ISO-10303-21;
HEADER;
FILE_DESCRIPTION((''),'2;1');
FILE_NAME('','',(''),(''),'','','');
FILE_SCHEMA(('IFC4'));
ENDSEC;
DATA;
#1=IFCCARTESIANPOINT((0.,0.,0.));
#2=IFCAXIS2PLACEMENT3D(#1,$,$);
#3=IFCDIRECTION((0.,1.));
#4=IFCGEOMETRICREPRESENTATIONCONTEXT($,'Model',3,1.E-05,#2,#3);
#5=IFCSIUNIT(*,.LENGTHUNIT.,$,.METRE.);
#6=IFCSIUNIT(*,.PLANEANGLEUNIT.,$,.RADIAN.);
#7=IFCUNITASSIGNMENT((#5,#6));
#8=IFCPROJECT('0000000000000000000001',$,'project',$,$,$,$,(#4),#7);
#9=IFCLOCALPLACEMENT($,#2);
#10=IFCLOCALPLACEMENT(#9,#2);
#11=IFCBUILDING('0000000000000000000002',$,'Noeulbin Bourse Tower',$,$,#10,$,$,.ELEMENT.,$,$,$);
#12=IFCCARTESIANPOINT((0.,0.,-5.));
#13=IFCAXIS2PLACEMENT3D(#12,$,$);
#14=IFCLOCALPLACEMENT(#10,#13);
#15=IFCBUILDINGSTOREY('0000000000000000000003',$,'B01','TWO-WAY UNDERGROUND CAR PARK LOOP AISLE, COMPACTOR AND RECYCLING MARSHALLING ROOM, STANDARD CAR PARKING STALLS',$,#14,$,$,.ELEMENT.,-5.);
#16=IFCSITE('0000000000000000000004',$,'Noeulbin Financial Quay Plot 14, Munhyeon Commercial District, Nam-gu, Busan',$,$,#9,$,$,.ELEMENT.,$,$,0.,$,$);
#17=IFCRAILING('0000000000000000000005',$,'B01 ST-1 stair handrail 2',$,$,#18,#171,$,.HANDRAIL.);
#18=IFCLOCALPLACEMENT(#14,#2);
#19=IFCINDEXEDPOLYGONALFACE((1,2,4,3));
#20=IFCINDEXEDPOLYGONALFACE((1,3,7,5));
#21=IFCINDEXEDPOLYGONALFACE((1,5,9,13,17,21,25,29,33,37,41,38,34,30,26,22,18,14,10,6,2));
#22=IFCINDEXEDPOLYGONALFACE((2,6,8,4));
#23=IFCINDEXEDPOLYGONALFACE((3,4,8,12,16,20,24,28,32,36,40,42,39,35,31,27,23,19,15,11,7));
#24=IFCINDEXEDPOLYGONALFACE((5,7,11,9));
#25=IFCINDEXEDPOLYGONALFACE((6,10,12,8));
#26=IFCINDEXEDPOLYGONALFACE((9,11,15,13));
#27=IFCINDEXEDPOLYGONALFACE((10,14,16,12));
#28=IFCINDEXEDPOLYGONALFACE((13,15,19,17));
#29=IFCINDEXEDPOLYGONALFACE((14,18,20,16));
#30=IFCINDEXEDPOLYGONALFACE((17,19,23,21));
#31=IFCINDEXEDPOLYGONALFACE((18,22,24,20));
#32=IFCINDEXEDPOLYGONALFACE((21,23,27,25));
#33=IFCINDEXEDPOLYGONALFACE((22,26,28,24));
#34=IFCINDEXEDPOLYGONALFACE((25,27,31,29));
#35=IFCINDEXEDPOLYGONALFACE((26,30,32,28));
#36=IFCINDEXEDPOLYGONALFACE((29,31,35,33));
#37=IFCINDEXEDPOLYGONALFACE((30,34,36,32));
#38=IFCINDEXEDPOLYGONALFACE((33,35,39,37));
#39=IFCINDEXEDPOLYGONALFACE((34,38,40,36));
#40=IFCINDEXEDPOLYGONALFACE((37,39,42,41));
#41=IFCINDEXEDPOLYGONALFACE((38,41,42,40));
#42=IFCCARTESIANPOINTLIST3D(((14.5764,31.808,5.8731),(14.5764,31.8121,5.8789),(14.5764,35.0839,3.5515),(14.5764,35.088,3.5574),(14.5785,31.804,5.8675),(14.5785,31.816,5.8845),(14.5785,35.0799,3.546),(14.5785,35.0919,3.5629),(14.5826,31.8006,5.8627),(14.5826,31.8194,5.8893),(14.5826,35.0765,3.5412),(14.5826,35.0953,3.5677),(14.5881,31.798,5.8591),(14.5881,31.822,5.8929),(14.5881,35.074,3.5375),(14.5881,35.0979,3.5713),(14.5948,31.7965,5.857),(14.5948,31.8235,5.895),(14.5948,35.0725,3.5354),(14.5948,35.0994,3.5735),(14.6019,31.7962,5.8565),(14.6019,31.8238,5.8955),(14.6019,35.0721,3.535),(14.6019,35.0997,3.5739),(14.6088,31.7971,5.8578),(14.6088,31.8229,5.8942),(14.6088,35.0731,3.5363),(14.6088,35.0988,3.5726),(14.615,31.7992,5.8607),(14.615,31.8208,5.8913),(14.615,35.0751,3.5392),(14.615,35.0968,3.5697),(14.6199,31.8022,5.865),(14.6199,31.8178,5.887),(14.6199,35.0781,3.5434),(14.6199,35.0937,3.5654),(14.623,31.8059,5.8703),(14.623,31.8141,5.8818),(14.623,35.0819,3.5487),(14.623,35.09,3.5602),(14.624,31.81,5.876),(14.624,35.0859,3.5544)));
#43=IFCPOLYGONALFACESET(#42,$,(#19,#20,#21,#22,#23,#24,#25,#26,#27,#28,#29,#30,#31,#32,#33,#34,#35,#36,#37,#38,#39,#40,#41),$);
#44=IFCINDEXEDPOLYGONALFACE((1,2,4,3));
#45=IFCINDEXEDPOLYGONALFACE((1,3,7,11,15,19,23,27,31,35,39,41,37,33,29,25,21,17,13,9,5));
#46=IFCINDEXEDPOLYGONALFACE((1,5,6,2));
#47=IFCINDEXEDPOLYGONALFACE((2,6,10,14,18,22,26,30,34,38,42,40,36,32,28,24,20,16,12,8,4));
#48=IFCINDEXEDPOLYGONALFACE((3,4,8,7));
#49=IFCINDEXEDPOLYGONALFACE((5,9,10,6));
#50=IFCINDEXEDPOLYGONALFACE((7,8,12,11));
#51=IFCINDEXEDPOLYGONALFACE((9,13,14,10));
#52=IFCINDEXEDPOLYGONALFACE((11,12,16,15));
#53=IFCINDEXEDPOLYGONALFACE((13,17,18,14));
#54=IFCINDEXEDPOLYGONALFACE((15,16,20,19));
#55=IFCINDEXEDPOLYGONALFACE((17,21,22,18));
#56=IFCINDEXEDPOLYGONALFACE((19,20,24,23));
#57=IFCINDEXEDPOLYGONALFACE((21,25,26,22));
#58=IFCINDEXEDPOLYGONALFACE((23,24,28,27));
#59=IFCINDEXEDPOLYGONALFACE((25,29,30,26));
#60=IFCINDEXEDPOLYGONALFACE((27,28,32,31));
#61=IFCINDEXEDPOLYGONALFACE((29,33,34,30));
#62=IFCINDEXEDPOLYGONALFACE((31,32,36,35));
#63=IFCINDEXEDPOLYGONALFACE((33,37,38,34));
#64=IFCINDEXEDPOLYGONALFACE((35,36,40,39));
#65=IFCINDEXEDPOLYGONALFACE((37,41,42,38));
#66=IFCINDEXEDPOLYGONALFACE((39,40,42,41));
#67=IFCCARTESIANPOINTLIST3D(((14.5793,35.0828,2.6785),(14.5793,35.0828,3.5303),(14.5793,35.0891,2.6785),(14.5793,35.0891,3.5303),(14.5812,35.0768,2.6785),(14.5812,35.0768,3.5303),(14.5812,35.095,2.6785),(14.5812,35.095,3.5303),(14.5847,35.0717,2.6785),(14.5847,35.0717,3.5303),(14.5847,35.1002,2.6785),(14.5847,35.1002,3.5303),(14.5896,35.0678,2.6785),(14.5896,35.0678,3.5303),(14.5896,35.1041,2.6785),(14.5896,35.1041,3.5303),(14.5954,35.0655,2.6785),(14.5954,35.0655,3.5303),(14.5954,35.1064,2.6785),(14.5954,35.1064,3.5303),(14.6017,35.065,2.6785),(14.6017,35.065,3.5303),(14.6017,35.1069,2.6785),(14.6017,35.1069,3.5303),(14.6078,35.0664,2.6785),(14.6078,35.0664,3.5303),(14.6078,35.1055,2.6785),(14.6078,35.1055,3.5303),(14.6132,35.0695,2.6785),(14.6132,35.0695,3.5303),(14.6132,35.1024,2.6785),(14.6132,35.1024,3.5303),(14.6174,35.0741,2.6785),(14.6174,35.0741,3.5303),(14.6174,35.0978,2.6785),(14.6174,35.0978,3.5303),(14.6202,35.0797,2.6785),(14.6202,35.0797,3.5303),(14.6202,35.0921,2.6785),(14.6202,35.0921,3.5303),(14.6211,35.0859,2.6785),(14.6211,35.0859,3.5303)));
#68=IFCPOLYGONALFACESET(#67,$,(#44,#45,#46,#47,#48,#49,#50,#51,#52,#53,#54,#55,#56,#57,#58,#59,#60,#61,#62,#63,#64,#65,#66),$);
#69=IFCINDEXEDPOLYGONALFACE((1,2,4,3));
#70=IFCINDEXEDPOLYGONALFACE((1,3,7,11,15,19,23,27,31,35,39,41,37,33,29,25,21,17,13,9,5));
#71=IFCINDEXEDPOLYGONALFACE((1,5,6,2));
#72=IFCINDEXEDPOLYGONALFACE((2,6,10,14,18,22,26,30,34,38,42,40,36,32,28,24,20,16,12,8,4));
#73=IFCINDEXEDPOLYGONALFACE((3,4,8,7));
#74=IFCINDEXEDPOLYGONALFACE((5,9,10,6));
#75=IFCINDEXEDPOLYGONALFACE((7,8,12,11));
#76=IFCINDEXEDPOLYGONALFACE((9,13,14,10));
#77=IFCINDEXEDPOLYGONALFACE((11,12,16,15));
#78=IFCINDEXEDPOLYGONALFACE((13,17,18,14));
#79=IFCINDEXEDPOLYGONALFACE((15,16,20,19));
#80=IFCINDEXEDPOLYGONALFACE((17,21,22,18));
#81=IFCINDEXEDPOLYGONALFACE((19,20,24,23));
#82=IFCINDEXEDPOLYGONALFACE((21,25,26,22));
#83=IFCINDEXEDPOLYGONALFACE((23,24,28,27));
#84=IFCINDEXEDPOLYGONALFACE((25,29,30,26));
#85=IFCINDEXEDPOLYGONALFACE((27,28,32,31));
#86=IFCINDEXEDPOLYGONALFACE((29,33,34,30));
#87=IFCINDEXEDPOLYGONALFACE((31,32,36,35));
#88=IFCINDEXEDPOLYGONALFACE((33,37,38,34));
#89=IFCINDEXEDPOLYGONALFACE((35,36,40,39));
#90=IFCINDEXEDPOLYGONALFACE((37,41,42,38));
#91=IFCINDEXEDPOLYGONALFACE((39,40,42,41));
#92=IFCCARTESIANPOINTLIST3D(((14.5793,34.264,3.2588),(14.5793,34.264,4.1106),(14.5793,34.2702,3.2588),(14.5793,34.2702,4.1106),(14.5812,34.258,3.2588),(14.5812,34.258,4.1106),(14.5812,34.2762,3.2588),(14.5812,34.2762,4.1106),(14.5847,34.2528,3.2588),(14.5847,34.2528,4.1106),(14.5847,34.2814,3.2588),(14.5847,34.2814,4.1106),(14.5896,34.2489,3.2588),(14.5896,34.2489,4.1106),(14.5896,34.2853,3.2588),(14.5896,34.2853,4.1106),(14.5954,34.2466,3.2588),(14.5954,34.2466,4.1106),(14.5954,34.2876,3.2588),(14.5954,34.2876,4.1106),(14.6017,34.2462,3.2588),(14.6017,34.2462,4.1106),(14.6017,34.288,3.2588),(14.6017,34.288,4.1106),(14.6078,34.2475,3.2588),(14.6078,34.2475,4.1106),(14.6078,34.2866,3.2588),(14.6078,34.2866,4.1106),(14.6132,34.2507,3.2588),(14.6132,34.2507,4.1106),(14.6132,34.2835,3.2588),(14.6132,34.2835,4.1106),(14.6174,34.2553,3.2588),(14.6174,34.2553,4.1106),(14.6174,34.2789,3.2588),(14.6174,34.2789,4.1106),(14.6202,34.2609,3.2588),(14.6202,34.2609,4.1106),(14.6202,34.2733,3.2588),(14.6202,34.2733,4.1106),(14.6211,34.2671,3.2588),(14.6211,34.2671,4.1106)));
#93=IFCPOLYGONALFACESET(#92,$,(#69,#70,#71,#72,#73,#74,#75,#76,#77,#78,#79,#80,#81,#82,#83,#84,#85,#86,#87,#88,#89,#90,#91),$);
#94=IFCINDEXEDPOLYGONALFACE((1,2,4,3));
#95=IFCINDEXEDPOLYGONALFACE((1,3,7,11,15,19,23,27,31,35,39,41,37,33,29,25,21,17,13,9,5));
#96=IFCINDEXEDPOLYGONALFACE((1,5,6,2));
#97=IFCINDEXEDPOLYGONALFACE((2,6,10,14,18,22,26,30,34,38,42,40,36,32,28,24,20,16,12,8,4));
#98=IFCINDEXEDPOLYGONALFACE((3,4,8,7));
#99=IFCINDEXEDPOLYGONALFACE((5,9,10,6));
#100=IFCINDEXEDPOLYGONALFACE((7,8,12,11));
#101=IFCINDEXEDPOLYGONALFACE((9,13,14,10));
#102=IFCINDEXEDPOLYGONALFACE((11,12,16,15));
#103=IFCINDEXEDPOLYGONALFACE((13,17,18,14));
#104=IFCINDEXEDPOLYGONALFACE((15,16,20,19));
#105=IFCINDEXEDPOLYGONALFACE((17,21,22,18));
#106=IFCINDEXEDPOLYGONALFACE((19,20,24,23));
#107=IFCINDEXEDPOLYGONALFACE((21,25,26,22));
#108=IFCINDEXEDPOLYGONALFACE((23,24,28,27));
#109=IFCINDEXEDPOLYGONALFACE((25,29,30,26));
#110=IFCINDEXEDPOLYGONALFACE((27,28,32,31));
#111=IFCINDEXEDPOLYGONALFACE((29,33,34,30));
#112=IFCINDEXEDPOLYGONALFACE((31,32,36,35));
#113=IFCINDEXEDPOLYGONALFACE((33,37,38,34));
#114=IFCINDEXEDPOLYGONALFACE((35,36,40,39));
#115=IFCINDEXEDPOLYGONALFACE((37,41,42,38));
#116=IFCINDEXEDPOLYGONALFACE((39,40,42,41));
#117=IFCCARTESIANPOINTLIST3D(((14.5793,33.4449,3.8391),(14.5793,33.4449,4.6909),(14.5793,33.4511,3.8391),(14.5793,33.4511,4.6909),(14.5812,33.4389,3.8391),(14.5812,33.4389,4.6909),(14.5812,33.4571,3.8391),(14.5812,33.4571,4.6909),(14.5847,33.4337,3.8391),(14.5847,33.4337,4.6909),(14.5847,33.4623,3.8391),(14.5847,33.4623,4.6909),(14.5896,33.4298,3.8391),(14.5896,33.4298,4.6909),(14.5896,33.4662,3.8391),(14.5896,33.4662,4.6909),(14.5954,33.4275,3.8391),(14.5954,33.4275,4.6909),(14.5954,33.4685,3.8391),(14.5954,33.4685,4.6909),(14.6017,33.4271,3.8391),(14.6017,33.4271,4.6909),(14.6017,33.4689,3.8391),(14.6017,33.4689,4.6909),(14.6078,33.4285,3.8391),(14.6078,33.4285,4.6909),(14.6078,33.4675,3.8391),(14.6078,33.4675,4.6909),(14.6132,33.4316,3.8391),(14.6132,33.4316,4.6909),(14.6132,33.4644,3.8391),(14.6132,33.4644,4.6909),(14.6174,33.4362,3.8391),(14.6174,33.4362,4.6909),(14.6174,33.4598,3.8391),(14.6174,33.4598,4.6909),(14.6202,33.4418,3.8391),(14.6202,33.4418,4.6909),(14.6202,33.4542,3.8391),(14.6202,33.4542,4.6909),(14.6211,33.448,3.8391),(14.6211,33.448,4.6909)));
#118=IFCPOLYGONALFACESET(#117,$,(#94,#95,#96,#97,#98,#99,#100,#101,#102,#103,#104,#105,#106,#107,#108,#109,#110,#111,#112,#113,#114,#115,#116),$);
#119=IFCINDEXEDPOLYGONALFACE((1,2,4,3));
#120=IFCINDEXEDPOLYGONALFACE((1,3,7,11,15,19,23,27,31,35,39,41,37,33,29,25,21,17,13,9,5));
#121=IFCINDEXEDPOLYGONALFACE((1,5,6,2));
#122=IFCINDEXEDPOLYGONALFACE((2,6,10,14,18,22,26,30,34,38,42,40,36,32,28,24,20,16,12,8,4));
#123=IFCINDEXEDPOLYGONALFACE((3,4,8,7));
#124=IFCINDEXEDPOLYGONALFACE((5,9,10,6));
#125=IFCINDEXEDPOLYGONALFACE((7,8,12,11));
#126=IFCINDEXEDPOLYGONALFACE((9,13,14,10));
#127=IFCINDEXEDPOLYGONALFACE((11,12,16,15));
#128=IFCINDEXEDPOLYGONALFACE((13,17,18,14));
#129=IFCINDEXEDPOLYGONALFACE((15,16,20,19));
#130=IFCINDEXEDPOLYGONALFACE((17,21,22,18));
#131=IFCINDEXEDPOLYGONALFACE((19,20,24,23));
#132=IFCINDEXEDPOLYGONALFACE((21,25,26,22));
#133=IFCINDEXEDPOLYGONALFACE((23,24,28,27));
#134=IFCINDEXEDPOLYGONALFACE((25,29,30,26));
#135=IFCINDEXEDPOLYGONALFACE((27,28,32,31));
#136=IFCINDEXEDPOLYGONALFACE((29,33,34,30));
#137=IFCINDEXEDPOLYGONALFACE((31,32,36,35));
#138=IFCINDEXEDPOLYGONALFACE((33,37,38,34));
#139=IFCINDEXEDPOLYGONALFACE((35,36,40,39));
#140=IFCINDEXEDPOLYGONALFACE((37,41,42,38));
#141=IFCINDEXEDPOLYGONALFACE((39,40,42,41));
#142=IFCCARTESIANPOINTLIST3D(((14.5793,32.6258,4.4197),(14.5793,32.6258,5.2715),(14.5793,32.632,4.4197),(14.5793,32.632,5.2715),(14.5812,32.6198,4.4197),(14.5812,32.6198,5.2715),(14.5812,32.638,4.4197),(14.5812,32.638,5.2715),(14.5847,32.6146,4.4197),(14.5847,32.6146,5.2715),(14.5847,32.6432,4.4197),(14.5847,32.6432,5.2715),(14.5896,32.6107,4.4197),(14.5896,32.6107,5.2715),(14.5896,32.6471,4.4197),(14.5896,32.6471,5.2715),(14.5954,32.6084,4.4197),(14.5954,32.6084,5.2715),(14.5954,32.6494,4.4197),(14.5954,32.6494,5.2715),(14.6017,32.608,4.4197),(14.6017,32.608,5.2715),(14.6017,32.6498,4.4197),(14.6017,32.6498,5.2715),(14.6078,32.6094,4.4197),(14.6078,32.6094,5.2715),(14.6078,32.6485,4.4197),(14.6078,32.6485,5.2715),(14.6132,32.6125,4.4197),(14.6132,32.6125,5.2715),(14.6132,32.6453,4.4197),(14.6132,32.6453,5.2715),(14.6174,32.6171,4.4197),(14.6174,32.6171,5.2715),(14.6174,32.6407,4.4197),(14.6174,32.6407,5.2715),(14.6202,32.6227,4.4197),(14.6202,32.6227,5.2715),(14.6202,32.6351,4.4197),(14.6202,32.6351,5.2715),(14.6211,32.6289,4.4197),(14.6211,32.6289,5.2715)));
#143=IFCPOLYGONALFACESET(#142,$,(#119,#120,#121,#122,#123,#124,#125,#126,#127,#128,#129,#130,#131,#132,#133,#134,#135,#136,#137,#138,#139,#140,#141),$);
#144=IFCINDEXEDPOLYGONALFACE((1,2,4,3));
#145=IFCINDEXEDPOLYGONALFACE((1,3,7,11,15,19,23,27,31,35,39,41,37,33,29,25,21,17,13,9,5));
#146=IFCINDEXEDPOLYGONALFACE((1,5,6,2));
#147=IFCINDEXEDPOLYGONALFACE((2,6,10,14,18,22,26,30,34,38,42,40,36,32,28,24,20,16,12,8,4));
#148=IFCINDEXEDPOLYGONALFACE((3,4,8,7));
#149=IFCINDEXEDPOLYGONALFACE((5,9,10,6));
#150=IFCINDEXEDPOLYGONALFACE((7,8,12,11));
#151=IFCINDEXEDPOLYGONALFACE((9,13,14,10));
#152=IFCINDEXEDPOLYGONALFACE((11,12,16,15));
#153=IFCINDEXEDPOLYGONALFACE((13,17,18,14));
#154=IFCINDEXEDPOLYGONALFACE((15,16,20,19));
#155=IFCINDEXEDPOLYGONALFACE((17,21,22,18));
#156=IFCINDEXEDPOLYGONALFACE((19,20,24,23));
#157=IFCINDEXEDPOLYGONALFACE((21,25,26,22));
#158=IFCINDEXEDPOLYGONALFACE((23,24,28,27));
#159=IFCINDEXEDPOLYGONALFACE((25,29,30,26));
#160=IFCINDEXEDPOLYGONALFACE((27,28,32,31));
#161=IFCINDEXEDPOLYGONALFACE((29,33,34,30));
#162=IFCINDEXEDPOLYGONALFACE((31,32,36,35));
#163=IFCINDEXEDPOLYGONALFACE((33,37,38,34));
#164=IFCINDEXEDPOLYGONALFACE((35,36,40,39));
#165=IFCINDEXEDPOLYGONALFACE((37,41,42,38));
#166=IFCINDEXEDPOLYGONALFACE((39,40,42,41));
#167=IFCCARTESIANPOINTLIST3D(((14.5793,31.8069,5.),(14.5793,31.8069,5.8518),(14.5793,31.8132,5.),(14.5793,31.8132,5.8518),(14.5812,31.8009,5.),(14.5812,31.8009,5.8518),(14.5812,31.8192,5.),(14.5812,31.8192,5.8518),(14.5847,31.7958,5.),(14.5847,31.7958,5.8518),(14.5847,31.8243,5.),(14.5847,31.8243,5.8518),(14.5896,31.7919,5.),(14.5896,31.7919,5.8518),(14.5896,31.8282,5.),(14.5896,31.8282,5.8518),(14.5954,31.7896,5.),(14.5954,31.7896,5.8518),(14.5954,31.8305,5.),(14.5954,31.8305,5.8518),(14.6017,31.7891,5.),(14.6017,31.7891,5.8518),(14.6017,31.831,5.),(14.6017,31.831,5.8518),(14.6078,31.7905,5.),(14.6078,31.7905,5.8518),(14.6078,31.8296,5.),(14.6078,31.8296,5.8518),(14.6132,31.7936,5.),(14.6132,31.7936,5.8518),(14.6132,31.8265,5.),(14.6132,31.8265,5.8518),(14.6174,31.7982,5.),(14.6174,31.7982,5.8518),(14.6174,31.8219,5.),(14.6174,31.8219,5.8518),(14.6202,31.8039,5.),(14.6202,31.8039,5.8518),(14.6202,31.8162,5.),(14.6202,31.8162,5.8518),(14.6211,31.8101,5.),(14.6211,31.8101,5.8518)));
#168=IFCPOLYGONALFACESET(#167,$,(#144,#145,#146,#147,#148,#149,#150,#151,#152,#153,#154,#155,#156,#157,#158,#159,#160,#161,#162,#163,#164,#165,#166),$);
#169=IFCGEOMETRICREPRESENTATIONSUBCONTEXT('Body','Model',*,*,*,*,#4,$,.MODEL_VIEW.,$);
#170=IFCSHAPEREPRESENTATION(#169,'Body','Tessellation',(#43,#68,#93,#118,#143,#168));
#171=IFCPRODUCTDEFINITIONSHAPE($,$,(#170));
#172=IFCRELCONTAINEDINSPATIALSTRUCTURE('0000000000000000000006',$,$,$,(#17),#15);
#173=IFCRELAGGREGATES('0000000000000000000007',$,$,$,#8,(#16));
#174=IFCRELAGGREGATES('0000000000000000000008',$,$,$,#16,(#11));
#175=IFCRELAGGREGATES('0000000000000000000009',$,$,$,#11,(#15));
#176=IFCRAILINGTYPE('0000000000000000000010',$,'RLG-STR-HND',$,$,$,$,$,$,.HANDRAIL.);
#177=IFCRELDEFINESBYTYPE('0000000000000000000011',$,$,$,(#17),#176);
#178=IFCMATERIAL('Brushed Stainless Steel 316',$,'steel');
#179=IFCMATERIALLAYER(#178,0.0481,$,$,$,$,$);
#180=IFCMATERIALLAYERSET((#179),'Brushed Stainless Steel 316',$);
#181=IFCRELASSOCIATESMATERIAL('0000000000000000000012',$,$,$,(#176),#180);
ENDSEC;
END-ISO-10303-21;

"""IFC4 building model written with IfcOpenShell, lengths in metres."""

from ifc_helpers import new_model, si_unit, direction, frame, origin, origin_2d, place, context, subcontext, project, spatial, circle, extrude, material, layer, layer_set, type_object, element, save


model = new_model("IFC4")

# Units and contexts
model_context = context("Model", 3, precision=1e-05, world=origin(), true_north=direction((0.0, 1.0)))
body_context = subcontext(model_context, "Body", "Model", "MODEL_VIEW")
ifc_project = project(units=[si_unit("LENGTHUNIT", "METRE"), si_unit("PLANEANGLEUNIT", "RADIAN")], contexts=[model_context])

# Site, building, storey
site_placement = place(None, origin())
site = spatial("IfcSite", under=ifc_project, at=site_placement, Name="Noeulbin Financial Quay Plot 14, Munhyeon Commercial District, Nam-gu, Busan", CompositionType="ELEMENT", RefElevation=0.0)
building_placement = place(site_placement, origin())
building = spatial("IfcBuilding", under=site, at=building_placement, Name="Noeulbin Bourse Tower", CompositionType="ELEMENT")
storey_placement = place(building_placement, frame((0.0, 0.0, -5.0)))
storey = spatial("IfcBuildingStorey", under=building, at=storey_placement, Name="B01", Description="TWO-WAY UNDERGROUND CAR PARK LOOP AISLE, COMPACTOR AND RECYCLING MARSHALLING ROOM, STANDARD CAR PARKING STALLS", CompositionType="ELEMENT", Elevation=-5.0)

# Railing
ifc_material_1 = material(Name="Brushed Stainless Steel 316", Category="steel")
ifc_layer_1 = layer(ifc_material_1, 0.0481)
ifc_layer_set_1 = layer_set([ifc_layer_1], Name="Brushed Stainless Steel 316")
railing_type_1 = type_object("IfcRailingType", Name="RLG-STR-HND", PredefinedType="HANDRAIL", material=ifc_layer_set_1)
railing_1_placement = place(storey_placement, frame((14.6001, 35.0859, 2.6785)))
element("IfcRailing", 1, at=railing_1_placement, inside=storey, type_object=railing_type_1, Name="B01 ST-1 stair handrail 2", PredefinedType="HANDRAIL", context=body_context, shape_type="SweptSolid", body=[
    extrude(circle(Radius=0.0239, at=origin_2d()), frame((0.0, 0.0, 0.876), z_axis=(0.0, -0.815893, 0.578203), x_axis=(1.0, 0.0, 0.0)), (0.0, 0.0, 1.0), 4.0151),
    extrude(circle(Radius=0.021, at=origin_2d()), origin(), (0.0, 0.0, 1.0), 0.8518),
    extrude(circle(Radius=0.021, at=origin_2d()), frame((0.0, -0.8188, 0.5803)), (0.0, 0.0, 1.0), 0.8518),
    extrude(circle(Radius=0.021, at=origin_2d()), frame((0.0, -1.6379, 1.1606)), (0.0, 0.0, 1.0), 0.8518),
    extrude(circle(Radius=0.021, at=origin_2d()), frame((0.0, -2.457, 1.7412)), (0.0, 0.0, 1.0), 0.8518),
    extrude(circle(Radius=0.021, at=origin_2d()), frame((0.0, -3.2759, 2.3215)), (0.0, 0.0, 1.0), 0.8518),
])

save(model, "model.ifc")
